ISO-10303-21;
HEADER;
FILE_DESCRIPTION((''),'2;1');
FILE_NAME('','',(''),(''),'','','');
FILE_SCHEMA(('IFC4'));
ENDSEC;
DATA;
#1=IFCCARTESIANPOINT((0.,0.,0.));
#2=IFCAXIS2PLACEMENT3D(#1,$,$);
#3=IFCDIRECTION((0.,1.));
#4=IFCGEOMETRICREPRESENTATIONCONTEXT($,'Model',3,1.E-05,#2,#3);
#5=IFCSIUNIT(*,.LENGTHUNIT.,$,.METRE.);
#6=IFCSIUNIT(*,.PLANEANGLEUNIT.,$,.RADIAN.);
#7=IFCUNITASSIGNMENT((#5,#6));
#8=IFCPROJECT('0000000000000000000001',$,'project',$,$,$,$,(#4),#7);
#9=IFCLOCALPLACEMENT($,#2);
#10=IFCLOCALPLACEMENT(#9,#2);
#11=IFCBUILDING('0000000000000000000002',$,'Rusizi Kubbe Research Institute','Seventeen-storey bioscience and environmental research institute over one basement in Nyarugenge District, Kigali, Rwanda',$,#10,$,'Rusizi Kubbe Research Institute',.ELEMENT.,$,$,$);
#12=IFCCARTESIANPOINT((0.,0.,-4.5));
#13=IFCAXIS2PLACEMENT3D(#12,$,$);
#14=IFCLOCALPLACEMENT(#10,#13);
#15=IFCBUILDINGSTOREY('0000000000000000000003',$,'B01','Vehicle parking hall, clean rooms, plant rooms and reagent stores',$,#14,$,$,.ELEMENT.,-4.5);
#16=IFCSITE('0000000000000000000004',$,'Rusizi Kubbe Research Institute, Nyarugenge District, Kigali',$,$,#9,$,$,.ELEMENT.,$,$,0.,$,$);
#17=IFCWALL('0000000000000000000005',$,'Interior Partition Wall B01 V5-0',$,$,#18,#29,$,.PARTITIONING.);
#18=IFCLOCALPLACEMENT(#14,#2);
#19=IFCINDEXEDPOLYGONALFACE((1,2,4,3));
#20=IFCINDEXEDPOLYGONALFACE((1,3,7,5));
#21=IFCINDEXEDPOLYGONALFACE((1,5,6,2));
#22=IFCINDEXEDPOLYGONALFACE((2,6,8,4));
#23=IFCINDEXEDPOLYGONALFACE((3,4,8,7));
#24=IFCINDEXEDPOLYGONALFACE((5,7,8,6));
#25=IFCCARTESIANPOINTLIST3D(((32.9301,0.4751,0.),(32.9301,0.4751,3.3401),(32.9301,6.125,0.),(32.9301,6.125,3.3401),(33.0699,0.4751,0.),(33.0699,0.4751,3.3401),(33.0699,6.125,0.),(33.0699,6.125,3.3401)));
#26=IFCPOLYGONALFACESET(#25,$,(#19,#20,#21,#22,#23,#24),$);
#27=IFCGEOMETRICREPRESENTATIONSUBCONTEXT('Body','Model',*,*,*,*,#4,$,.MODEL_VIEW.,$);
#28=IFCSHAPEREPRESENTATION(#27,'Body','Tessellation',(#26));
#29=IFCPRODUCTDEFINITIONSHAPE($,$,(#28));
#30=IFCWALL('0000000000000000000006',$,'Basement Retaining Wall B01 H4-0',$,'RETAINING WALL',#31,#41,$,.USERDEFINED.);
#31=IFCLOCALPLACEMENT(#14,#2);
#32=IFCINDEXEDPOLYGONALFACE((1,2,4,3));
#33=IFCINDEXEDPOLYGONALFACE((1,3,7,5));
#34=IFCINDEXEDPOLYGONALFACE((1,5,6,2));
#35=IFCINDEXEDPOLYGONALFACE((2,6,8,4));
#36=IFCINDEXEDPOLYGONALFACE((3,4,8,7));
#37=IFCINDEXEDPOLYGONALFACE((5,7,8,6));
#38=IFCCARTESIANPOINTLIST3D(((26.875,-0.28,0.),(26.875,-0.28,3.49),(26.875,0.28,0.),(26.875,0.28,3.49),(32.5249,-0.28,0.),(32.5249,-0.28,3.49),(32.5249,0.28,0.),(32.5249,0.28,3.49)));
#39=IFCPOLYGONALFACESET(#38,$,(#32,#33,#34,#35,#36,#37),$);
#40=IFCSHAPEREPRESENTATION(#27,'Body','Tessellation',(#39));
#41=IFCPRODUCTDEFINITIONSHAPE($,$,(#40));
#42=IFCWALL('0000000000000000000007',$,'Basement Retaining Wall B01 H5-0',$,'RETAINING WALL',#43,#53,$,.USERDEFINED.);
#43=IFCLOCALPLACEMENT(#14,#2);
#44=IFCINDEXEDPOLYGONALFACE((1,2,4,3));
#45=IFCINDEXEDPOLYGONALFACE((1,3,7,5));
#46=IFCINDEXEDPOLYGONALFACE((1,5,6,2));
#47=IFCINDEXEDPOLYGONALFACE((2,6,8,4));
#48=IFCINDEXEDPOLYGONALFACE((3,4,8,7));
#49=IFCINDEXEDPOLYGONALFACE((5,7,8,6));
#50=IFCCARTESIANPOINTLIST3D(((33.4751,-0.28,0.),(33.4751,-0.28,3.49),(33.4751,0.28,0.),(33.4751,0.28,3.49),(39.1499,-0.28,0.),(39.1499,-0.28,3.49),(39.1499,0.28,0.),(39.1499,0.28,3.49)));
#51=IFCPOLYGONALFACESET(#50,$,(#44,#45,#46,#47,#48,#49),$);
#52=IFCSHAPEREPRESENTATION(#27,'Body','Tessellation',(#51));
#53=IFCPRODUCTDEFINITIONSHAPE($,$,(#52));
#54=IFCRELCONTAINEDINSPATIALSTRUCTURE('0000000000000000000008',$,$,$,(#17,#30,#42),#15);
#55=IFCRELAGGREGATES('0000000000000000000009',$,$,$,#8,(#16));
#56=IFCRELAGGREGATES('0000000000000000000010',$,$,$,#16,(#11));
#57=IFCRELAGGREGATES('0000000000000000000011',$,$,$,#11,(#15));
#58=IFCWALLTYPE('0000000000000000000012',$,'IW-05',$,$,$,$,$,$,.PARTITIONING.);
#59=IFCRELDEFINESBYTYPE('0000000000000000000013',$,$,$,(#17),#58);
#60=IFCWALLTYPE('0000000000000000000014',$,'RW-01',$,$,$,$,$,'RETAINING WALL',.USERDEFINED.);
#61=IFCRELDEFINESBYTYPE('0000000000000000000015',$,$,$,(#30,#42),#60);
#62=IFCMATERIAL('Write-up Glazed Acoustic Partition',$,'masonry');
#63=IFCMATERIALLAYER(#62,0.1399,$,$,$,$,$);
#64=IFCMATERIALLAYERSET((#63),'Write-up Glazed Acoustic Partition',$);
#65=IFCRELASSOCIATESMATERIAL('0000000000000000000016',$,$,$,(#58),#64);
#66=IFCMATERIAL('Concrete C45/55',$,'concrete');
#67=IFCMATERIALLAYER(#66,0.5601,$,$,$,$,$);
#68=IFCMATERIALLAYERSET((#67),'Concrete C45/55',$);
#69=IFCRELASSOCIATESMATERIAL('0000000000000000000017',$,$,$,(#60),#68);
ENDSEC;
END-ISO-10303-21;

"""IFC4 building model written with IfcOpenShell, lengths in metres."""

from ifc_helpers import new_model, si_unit, direction, frame, frame_2d, origin, place, context, subcontext, project, spatial, rectangle, extrude, material, layer, layer_set, type_object, element, save


model = new_model("IFC4")

# Units and contexts
model_context = context("Model", 3, precision=1e-05, world=origin(), true_north=direction((0.0, 1.0)))
body_context = subcontext(model_context, "Body", "Model", "MODEL_VIEW")
ifc_project = project(units=[si_unit("LENGTHUNIT", "METRE"), si_unit("PLANEANGLEUNIT", "RADIAN")], contexts=[model_context])

# Site, building, storey
site_placement = place(None, origin())
site = spatial("IfcSite", under=ifc_project, at=site_placement, Name="Rusizi Kubbe Research Institute, Nyarugenge District, Kigali", CompositionType="ELEMENT", RefElevation=0.0)
building_placement = place(site_placement, origin())
building = spatial("IfcBuilding", under=site, at=building_placement, Name="Rusizi Kubbe Research Institute", Description="Seventeen-storey bioscience and environmental research institute over one basement in Nyarugenge District, Kigali, Rwanda", LongName="Rusizi Kubbe Research Institute", CompositionType="ELEMENT")
storey_placement = place(building_placement, frame((0.0, 0.0, -4.5)))
storey = spatial("IfcBuildingStorey", under=building, at=storey_placement, Name="B01", Description="Vehicle parking hall, clean rooms, plant rooms and reagent stores", CompositionType="ELEMENT", Elevation=-4.5)

# Walls
ifc_material_1 = material(Name="Write-up Glazed Acoustic Partition", Category="masonry")
ifc_layer_1 = layer(ifc_material_1, 0.1399)
ifc_layer_set_1 = layer_set([ifc_layer_1], Name="Write-up Glazed Acoustic Partition")
wall_type_1 = type_object("IfcWallType", Name="IW-05", PredefinedType="PARTITIONING", material=ifc_layer_set_1)
wall_1_placement = place(storey_placement, frame((33.0, 0.4751, 0.0), z_axis=(0.0, 0.0, 1.0), x_axis=(0.0, 1.0, 0.0)))
element("IfcWall", 1, at=wall_1_placement, inside=storey, type_object=wall_type_1, Name="Interior Partition Wall B01 V5-0", PredefinedType="PARTITIONING", context=body_context, shape_type="SweptSolid", body=[
    extrude(rectangle(XDim=5.6499, YDim=0.1399, at=frame_2d((2.825, 0.0))), origin(), (0.0, 0.0, 1.0), 3.3401),
])
ifc_material_2 = material(Name="Concrete C45/55", Category="concrete")
ifc_layer_2 = layer(ifc_material_2, 0.5601)
ifc_layer_set_2 = layer_set([ifc_layer_2], Name="Concrete C45/55")
wall_type_2 = type_object("IfcWallType", Name="RW-01", ElementType="RETAINING WALL", PredefinedType="USERDEFINED", material=ifc_layer_set_2)
wall_2_placement = place(storey_placement, frame((26.875, 0.0, 0.0), z_axis=(0.0, 0.0, 1.0), x_axis=(1.0, 0.0, 0.0)))
element("IfcWall", 2, at=wall_2_placement, inside=storey, type_object=wall_type_2, Name="Basement Retaining Wall B01 H4-0", ObjectType="RETAINING WALL", PredefinedType="USERDEFINED", context=body_context, shape_type="SweptSolid", body=[
    extrude(rectangle(XDim=5.6499, YDim=0.5601, at=frame_2d((2.825, 0.0))), origin(), (0.0, 0.0, 1.0), 3.49),
])
wall_3_placement = place(storey_placement, frame((33.4751, 0.0, 0.0), z_axis=(0.0, 0.0, 1.0), x_axis=(1.0, 0.0, 0.0)))
element("IfcWall", 3, at=wall_3_placement, inside=storey, type_object=wall_type_2, Name="Basement Retaining Wall B01 H5-0", ObjectType="RETAINING WALL", PredefinedType="USERDEFINED", context=body_context, shape_type="SweptSolid", body=[
    extrude(rectangle(XDim=5.6748, YDim=0.5601, at=frame_2d((2.8374, 0.0))), origin(), (0.0, 0.0, 1.0), 3.49),
])

save(model, "model.ifc")
